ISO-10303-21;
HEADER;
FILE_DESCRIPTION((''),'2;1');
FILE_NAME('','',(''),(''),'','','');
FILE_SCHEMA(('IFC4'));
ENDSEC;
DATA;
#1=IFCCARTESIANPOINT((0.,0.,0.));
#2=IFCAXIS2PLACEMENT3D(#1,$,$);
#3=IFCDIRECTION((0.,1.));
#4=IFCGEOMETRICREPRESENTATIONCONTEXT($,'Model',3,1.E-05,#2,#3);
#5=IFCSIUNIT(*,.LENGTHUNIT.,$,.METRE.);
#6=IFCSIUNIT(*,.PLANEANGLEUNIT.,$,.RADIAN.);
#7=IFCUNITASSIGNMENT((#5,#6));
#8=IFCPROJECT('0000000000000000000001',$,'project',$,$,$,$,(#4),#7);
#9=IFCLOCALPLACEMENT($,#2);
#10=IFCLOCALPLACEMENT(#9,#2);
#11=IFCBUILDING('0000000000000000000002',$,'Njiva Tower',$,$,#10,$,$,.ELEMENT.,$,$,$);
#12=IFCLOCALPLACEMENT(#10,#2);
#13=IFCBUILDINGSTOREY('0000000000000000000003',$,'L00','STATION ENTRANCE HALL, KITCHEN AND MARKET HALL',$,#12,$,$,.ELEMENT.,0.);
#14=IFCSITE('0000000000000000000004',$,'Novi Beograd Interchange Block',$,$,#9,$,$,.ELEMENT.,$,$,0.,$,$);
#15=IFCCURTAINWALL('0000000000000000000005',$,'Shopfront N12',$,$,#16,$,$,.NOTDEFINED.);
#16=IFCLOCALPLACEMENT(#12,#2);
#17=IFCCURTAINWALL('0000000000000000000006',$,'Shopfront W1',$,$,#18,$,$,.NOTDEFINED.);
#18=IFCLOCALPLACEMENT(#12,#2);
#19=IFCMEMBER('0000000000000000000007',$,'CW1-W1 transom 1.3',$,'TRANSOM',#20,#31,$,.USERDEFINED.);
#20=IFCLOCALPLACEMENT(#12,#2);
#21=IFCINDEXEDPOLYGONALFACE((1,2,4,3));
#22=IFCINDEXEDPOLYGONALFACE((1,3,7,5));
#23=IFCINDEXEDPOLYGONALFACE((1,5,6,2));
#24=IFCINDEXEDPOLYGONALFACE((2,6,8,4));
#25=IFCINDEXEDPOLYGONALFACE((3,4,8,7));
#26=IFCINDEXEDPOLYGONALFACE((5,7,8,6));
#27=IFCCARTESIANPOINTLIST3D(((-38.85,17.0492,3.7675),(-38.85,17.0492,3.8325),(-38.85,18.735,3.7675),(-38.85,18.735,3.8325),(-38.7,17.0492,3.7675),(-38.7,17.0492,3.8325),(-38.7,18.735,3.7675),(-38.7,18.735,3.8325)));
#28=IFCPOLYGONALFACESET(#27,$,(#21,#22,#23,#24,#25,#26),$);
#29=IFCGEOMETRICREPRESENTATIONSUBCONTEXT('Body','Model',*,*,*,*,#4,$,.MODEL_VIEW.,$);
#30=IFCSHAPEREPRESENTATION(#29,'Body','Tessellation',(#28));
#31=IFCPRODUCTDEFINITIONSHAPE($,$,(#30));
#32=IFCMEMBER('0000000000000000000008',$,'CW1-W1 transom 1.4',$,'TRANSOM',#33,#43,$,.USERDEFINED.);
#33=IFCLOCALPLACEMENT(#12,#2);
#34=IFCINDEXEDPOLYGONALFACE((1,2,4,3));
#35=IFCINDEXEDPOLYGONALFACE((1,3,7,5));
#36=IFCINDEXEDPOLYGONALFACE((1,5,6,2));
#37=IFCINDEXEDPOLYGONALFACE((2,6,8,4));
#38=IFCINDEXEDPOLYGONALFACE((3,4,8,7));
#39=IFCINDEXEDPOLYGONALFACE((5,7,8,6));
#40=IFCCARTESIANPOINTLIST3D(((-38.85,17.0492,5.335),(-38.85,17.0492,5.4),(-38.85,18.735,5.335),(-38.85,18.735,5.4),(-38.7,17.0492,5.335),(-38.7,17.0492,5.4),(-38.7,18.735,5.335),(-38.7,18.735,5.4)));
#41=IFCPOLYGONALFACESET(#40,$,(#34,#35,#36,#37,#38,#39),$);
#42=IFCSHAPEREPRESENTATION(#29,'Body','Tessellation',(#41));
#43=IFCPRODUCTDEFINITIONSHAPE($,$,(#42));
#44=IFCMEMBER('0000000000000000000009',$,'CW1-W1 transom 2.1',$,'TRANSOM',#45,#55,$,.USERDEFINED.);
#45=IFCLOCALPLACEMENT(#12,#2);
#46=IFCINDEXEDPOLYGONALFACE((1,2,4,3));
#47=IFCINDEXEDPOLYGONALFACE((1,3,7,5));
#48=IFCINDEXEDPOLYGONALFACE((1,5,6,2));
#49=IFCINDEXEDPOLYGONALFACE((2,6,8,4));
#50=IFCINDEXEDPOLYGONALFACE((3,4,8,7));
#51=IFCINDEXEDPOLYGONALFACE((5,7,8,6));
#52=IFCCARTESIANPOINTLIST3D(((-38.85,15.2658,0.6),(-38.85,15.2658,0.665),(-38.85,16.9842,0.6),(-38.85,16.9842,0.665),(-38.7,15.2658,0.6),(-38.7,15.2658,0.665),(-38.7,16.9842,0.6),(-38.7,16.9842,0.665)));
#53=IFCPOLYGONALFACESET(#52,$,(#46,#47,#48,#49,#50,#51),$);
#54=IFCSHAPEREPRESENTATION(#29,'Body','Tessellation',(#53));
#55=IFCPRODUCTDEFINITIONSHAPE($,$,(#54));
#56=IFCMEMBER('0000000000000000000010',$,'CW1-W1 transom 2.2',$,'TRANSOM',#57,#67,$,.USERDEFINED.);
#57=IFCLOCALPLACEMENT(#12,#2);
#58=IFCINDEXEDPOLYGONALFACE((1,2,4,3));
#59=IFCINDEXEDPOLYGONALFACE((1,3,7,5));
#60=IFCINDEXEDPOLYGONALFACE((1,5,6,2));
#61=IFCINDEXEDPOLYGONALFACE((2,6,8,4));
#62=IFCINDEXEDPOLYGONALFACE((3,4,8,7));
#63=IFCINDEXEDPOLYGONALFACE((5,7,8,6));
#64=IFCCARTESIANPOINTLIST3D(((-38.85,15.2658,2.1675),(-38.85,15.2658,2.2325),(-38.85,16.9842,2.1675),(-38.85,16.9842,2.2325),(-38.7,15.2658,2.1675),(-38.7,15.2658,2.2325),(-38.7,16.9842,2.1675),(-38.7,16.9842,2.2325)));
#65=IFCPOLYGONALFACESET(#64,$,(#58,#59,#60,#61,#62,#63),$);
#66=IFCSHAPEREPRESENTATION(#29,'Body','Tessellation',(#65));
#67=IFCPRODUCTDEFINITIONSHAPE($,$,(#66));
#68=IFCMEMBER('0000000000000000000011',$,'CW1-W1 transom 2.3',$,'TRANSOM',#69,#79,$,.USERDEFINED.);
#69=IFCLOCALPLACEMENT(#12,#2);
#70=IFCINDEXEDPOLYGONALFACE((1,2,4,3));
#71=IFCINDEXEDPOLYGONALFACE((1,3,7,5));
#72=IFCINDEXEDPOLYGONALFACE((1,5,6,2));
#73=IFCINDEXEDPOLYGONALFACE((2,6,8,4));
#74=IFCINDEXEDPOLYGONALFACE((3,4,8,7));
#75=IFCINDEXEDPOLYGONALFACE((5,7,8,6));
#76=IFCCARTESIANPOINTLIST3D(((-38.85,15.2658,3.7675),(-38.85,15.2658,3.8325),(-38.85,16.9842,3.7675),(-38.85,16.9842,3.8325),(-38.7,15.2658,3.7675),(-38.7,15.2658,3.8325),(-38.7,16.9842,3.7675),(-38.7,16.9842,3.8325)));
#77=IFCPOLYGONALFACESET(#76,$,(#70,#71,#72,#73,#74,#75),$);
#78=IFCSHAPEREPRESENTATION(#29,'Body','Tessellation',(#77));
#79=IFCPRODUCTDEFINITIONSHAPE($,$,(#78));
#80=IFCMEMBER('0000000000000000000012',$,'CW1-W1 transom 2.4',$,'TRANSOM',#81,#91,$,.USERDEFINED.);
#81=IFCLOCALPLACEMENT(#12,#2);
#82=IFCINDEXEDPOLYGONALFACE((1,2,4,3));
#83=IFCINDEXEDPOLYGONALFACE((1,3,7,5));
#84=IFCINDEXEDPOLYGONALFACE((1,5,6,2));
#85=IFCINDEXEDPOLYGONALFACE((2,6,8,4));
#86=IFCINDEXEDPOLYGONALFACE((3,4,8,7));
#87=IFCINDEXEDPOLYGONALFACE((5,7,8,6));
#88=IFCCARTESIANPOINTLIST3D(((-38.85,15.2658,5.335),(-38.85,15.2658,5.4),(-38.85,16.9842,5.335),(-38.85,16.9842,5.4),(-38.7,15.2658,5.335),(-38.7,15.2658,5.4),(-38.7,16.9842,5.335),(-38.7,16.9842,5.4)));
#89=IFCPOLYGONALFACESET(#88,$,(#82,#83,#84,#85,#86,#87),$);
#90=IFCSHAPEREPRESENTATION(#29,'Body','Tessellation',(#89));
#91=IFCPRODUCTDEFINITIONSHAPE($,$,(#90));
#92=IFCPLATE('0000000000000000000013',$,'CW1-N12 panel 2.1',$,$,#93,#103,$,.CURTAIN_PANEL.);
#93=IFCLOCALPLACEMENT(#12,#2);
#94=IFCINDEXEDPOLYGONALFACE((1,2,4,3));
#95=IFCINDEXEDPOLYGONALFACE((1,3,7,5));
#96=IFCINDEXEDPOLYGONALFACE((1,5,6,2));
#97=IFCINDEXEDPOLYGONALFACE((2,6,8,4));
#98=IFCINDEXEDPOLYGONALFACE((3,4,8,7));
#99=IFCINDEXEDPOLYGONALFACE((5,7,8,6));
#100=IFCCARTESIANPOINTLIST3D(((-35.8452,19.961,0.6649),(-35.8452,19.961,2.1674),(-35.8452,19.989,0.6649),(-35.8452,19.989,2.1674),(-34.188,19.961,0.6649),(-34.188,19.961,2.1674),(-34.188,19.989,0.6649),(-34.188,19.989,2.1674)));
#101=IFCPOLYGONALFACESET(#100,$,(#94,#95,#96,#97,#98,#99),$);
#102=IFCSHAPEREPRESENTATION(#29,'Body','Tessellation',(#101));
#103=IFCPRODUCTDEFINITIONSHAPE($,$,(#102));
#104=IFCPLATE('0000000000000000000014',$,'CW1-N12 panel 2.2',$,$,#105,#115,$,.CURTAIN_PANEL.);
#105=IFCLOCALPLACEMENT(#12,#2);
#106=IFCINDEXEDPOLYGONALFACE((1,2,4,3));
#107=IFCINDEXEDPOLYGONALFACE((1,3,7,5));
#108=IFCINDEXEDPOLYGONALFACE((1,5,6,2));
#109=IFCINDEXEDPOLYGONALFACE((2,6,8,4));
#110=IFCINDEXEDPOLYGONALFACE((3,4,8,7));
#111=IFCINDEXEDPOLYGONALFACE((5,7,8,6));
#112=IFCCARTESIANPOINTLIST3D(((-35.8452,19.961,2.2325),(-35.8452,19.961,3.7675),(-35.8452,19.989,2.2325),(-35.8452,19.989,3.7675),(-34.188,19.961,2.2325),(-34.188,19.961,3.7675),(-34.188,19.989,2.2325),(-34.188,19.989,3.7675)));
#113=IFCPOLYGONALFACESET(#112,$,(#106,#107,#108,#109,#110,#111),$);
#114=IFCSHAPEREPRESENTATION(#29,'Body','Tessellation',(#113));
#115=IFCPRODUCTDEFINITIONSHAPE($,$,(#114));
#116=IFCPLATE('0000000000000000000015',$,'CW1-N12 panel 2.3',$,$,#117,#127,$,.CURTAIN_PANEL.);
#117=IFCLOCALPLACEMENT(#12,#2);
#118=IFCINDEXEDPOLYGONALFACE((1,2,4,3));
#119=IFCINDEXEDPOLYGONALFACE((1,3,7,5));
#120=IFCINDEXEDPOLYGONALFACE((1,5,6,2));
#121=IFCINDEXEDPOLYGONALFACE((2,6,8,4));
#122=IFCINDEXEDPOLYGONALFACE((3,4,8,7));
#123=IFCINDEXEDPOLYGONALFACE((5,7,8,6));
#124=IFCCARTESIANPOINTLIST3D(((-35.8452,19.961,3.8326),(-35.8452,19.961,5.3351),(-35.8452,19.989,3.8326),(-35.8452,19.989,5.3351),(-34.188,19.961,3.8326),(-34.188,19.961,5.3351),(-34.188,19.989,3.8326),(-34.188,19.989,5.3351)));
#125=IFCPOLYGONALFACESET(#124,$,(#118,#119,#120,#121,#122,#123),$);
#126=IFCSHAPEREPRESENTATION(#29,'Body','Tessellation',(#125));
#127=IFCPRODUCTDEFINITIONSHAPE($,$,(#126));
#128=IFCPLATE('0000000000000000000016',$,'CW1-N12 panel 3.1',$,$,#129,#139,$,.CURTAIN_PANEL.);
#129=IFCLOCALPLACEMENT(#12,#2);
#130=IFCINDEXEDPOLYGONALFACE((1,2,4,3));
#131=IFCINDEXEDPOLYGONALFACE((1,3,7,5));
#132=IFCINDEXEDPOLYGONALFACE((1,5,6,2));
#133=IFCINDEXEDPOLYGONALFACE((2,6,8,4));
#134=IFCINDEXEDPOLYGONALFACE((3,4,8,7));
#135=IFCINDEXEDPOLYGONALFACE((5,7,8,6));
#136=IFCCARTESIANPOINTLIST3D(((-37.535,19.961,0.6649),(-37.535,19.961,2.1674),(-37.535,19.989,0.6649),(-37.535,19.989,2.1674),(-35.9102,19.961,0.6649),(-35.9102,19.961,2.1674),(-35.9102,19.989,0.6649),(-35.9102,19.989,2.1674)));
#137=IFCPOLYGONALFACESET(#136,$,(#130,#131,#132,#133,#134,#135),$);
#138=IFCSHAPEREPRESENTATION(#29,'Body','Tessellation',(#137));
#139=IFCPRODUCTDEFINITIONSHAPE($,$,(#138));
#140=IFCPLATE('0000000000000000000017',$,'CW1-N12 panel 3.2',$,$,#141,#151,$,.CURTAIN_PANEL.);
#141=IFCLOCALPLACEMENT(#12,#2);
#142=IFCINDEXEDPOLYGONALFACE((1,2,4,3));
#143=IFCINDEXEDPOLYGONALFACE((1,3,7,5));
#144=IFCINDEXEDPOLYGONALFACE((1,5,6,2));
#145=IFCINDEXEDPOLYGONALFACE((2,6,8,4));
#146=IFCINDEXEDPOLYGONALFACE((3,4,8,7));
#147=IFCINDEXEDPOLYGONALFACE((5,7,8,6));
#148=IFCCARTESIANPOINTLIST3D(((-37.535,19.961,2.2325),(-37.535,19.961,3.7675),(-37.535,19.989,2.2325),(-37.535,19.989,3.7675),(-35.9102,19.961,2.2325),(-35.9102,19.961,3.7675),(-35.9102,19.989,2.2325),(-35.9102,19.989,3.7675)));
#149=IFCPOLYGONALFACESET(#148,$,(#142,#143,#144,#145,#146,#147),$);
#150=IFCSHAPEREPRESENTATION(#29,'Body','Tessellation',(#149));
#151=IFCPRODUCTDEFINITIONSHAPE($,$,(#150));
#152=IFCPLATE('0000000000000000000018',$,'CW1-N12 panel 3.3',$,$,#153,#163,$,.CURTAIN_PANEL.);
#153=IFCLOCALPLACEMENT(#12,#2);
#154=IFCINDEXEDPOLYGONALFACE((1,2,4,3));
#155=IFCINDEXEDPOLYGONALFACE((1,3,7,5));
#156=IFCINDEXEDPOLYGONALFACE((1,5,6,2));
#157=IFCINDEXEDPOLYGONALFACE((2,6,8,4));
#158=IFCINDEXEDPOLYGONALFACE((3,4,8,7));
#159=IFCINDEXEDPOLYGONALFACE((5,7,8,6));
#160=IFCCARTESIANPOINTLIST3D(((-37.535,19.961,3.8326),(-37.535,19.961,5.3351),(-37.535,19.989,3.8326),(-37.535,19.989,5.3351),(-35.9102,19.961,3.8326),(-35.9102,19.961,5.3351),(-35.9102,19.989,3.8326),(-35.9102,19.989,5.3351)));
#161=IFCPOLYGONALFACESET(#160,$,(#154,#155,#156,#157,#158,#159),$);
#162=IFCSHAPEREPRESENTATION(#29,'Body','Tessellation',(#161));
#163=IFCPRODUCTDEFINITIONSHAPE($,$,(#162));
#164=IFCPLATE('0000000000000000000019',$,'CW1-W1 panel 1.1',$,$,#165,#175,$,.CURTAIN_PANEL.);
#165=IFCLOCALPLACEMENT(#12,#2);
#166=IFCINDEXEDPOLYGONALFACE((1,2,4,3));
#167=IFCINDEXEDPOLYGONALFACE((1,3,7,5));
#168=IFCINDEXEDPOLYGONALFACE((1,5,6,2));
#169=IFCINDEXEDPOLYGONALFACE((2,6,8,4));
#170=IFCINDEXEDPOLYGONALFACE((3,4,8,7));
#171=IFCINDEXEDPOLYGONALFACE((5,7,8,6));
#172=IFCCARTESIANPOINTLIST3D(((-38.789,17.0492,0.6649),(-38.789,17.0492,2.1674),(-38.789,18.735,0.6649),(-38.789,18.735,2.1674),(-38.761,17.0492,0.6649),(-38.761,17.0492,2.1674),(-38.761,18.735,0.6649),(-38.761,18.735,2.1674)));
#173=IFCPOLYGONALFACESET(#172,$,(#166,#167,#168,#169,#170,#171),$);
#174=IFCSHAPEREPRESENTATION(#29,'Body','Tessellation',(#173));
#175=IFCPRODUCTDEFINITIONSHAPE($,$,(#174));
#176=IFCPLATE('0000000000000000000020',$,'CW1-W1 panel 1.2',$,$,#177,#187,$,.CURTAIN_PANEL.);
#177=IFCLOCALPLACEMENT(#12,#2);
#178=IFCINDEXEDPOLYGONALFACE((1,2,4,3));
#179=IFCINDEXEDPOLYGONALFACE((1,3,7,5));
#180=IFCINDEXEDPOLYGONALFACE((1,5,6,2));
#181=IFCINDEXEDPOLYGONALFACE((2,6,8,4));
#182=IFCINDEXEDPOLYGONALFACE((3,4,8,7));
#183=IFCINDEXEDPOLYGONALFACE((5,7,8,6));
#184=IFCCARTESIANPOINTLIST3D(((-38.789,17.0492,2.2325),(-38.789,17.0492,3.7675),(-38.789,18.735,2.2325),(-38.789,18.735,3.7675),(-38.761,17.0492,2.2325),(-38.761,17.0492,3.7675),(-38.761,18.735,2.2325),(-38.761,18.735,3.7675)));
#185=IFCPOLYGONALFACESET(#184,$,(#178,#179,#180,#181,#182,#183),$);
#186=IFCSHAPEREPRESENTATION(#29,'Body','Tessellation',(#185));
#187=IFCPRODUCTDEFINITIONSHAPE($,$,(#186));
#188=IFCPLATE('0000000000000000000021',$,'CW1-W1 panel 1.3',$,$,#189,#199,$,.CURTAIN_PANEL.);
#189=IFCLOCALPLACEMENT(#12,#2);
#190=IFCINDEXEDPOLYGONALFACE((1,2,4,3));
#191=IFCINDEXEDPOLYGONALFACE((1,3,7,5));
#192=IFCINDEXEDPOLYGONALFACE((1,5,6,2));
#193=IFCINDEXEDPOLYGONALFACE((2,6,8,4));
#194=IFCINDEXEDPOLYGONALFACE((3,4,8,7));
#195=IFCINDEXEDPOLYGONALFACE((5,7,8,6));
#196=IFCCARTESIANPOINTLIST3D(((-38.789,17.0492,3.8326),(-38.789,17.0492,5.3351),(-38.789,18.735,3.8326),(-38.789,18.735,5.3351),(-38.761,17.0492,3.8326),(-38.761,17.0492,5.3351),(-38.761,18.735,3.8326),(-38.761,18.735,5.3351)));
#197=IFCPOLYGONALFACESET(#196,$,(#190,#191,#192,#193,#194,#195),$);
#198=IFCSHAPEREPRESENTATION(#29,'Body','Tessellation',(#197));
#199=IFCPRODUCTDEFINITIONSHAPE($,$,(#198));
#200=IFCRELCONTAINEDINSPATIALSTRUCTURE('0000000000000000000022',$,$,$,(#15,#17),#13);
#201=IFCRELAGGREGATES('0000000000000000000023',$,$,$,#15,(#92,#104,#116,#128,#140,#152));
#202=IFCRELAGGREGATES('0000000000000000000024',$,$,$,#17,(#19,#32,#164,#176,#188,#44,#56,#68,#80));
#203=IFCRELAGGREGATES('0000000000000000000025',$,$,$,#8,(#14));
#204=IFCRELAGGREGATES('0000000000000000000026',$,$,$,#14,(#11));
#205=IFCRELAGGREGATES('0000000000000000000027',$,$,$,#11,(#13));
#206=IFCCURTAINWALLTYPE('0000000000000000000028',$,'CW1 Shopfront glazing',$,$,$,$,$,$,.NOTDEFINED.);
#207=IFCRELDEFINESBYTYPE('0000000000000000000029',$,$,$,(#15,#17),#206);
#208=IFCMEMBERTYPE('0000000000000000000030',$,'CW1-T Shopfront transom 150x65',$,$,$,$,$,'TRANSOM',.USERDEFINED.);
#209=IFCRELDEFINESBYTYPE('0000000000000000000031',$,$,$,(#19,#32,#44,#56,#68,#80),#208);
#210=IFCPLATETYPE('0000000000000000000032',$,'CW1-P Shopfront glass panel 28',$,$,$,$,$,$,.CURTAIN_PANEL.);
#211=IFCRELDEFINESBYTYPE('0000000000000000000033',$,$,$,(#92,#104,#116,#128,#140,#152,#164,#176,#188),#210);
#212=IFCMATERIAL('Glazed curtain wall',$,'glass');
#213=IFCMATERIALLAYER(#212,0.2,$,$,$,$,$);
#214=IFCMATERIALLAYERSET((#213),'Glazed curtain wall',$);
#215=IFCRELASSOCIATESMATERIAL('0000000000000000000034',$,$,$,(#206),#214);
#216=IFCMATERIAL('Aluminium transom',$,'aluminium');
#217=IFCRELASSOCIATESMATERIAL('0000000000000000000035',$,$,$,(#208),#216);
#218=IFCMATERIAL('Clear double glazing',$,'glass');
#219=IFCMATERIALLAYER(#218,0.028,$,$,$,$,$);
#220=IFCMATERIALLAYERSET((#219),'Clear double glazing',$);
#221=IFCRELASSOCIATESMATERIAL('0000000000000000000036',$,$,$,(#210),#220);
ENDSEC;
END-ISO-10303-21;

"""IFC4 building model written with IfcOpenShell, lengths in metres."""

from ifc_helpers import new_model, si_unit, direction, frame, origin, origin_2d, place, context, subcontext, project, spatial, rectangle, extrude, material, layer, layer_set, material_profile, profile_set, type_object, element, aggregate, save


model = new_model("IFC4")

# Units and contexts
model_context = context("Model", 3, precision=1e-05, world=origin(), true_north=direction((0.0, 1.0)))
body_context = subcontext(model_context, "Body", "Model", "MODEL_VIEW")
ifc_project = project(units=[si_unit("LENGTHUNIT", "METRE"), si_unit("PLANEANGLEUNIT", "RADIAN")], contexts=[model_context])

# Site, building, storey
site_placement = place(None, origin())
site = spatial("IfcSite", under=ifc_project, at=site_placement, Name="Novi Beograd Interchange Block", CompositionType="ELEMENT", RefElevation=0.0)
building_placement = place(site_placement, origin())
building = spatial("IfcBuilding", under=site, at=building_placement, Name="Njiva Tower", CompositionType="ELEMENT")
storey_placement = place(building_placement, origin())
storey = spatial("IfcBuildingStorey", under=building, at=storey_placement, Name="L00", Description="STATION ENTRANCE HALL, KITCHEN AND MARKET HALL", CompositionType="ELEMENT", Elevation=0.0)

# Curtain walls
ifc_material_1 = material(Name="Glazed curtain wall", Category="glass")
ifc_layer_1 = layer(ifc_material_1, 0.2)
ifc_layer_set_1 = layer_set([ifc_layer_1], Name="Glazed curtain wall")
curtain_wall_type = type_object("IfcCurtainWallType", Name="CW1 Shopfront glazing", PredefinedType="NOTDEFINED", material=ifc_layer_set_1)
curtain_wall_1_placement = place(storey_placement, origin())
curtain_wall_1 = element("IfcCurtainWall", 1, at=curtain_wall_1_placement, inside=storey, type_object=curtain_wall_type, Name="Shopfront N12", PredefinedType="NOTDEFINED")
curtain_wall_2_placement = place(storey_placement, origin())
curtain_wall_2 = element("IfcCurtainWall", 2, at=curtain_wall_2_placement, inside=storey, type_object=curtain_wall_type, Name="Shopfront W1", PredefinedType="NOTDEFINED")

# Members
ifc_material_2 = material(Name="Aluminium transom", Category="aluminium")
ifc_material_profile_1 = material_profile(ifc_material_2, rectangle(XDim=0.15, YDim=0.065, at=origin_2d()), Name="RECT 150x65")
ifc_profile_set_1 = profile_set([ifc_material_profile_1], Name="Aluminium transom")
member_type_1 = type_object("IfcMemberType", Name="CW1-T Shopfront transom 150x65", ElementType="TRANSOM", PredefinedType="USERDEFINED", material=ifc_profile_set_1)
member_1_placement = place(storey_placement, frame((-38.775, 18.735, 3.8), z_axis=(0.0, -1.0, 0.0), x_axis=(1.0, 0.0, 0.0)))
member_1 = element("IfcMember", 3, at=member_1_placement, type_object=member_type_1, Name="CW1-W1 transom 1.3", ObjectType="TRANSOM", PredefinedType="USERDEFINED", context=body_context, shape_type="SweptSolid", body=[
    extrude(rectangle(XDim=0.15, YDim=0.065, at=origin_2d()), origin(), (0.0, 0.0, 1.0), 1.6858),
])
member_2_placement = place(storey_placement, frame((-38.775, 18.735, 5.3675), z_axis=(0.0, -1.0, 0.0), x_axis=(1.0, 0.0, 0.0)))
member_2 = element("IfcMember", 4, at=member_2_placement, type_object=member_type_1, Name="CW1-W1 transom 1.4", ObjectType="TRANSOM", PredefinedType="USERDEFINED", context=body_context, shape_type="SweptSolid", body=[
    extrude(rectangle(XDim=0.15, YDim=0.065, at=origin_2d()), origin(), (0.0, 0.0, 1.0), 1.6858),
])
member_3_placement = place(storey_placement, frame((-38.775, 16.9842, 0.6325), z_axis=(0.0, -1.0, 0.0), x_axis=(1.0, 0.0, 0.0)))
member_3 = element("IfcMember", 5, at=member_3_placement, type_object=member_type_1, Name="CW1-W1 transom 2.1", ObjectType="TRANSOM", PredefinedType="USERDEFINED", context=body_context, shape_type="SweptSolid", body=[
    extrude(rectangle(XDim=0.15, YDim=0.065, at=origin_2d()), origin(), (0.0, 0.0, 1.0), 1.7184),
])
member_4_placement = place(storey_placement, frame((-38.775, 16.9842, 2.2), z_axis=(0.0, -1.0, 0.0), x_axis=(1.0, 0.0, 0.0)))
member_4 = element("IfcMember", 6, at=member_4_placement, type_object=member_type_1, Name="CW1-W1 transom 2.2", ObjectType="TRANSOM", PredefinedType="USERDEFINED", context=body_context, shape_type="SweptSolid", body=[
    extrude(rectangle(XDim=0.15, YDim=0.065, at=origin_2d()), origin(), (0.0, 0.0, 1.0), 1.7184),
])
member_5_placement = place(storey_placement, frame((-38.775, 16.9842, 3.8), z_axis=(0.0, -1.0, 0.0), x_axis=(1.0, 0.0, 0.0)))
member_5 = element("IfcMember", 7, at=member_5_placement, type_object=member_type_1, Name="CW1-W1 transom 2.3", ObjectType="TRANSOM", PredefinedType="USERDEFINED", context=body_context, shape_type="SweptSolid", body=[
    extrude(rectangle(XDim=0.15, YDim=0.065, at=origin_2d()), origin(), (0.0, 0.0, 1.0), 1.7184),
])
member_6_placement = place(storey_placement, frame((-38.775, 16.9842, 5.3675), z_axis=(0.0, -1.0, 0.0), x_axis=(1.0, 0.0, 0.0)))
member_6 = element("IfcMember", 8, at=member_6_placement, type_object=member_type_1, Name="CW1-W1 transom 2.4", ObjectType="TRANSOM", PredefinedType="USERDEFINED", context=body_context, shape_type="SweptSolid", body=[
    extrude(rectangle(XDim=0.15, YDim=0.065, at=origin_2d()), origin(), (0.0, 0.0, 1.0), 1.7184),
])

# Plates
ifc_material_3 = material(Name="Clear double glazing", Category="glass")
ifc_layer_2 = layer(ifc_material_3, 0.028)
ifc_layer_set_2 = layer_set([ifc_layer_2], Name="Clear double glazing")
plate_type = type_object("IfcPlateType", Name="CW1-P Shopfront glass panel 28", PredefinedType="CURTAIN_PANEL", material=ifc_layer_set_2)
plate_1_placement = place(storey_placement, frame((-35.0166, 19.975, 0.6649), z_axis=(0.0, 0.0, 1.0), x_axis=(-1.0, 0.0, 0.0)))
plate_1 = element("IfcPlate", 9, at=plate_1_placement, type_object=plate_type, Name="CW1-N12 panel 2.1", PredefinedType="CURTAIN_PANEL", context=body_context, shape_type="SweptSolid", body=[
    extrude(rectangle(XDim=1.6572, YDim=0.028, at=origin_2d()), origin(), (0.0, 0.0, 1.0), 1.5025),
])
plate_2_placement = place(storey_placement, frame((-35.0166, 19.975, 2.2325), z_axis=(0.0, 0.0, 1.0), x_axis=(-1.0, 0.0, 0.0)))
plate_2 = element("IfcPlate", 10, at=plate_2_placement, type_object=plate_type, Name="CW1-N12 panel 2.2", PredefinedType="CURTAIN_PANEL", context=body_context, shape_type="SweptSolid", body=[
    extrude(rectangle(XDim=1.6572, YDim=0.028, at=origin_2d()), origin(), (0.0, 0.0, 1.0), 1.535),
])
plate_3_placement = place(storey_placement, frame((-35.0166, 19.975, 3.8326), z_axis=(0.0, 0.0, 1.0), x_axis=(-1.0, 0.0, 0.0)))
plate_3 = element("IfcPlate", 11, at=plate_3_placement, type_object=plate_type, Name="CW1-N12 panel 2.3", PredefinedType="CURTAIN_PANEL", context=body_context, shape_type="SweptSolid", body=[
    extrude(rectangle(XDim=1.6572, YDim=0.028, at=origin_2d()), origin(), (0.0, 0.0, 1.0), 1.5025),
])
plate_4_placement = place(storey_placement, frame((-36.7226, 19.975, 0.6649), z_axis=(0.0, 0.0, 1.0), x_axis=(-1.0, 0.0, 0.0)))
plate_4 = element("IfcPlate", 12, at=plate_4_placement, type_object=plate_type, Name="CW1-N12 panel 3.1", PredefinedType="CURTAIN_PANEL", context=body_context, shape_type="SweptSolid", body=[
    extrude(rectangle(XDim=1.6247, YDim=0.028, at=origin_2d()), origin(), (0.0, 0.0, 1.0), 1.5025),
])
plate_5_placement = place(storey_placement, frame((-36.7226, 19.975, 2.2325), z_axis=(0.0, 0.0, 1.0), x_axis=(-1.0, 0.0, 0.0)))
plate_5 = element("IfcPlate", 13, at=plate_5_placement, type_object=plate_type, Name="CW1-N12 panel 3.2", PredefinedType="CURTAIN_PANEL", context=body_context, shape_type="SweptSolid", body=[
    extrude(rectangle(XDim=1.6247, YDim=0.028, at=origin_2d()), origin(), (0.0, 0.0, 1.0), 1.535),
])
plate_6_placement = place(storey_placement, frame((-36.7226, 19.975, 3.8326), z_axis=(0.0, 0.0, 1.0), x_axis=(-1.0, 0.0, 0.0)))
plate_6 = element("IfcPlate", 14, at=plate_6_placement, type_object=plate_type, Name="CW1-N12 panel 3.3", PredefinedType="CURTAIN_PANEL", context=body_context, shape_type="SweptSolid", body=[
    extrude(rectangle(XDim=1.6247, YDim=0.028, at=origin_2d()), origin(), (0.0, 0.0, 1.0), 1.5025),
])
aggregate(curtain_wall_1, [plate_1, plate_2, plate_3, plate_4, plate_5, plate_6])
plate_7_placement = place(storey_placement, frame((-38.775, 17.8921, 0.6649), z_axis=(0.0, 0.0, 1.0), x_axis=(0.0, -1.0, 0.0)))
plate_7 = element("IfcPlate", 15, at=plate_7_placement, type_object=plate_type, Name="CW1-W1 panel 1.1", PredefinedType="CURTAIN_PANEL", context=body_context, shape_type="SweptSolid", body=[
    extrude(rectangle(XDim=1.6858, YDim=0.028, at=origin_2d()), origin(), (0.0, 0.0, 1.0), 1.5025),
])
plate_8_placement = place(storey_placement, frame((-38.775, 17.8921, 2.2325), z_axis=(0.0, 0.0, 1.0), x_axis=(0.0, -1.0, 0.0)))
plate_8 = element("IfcPlate", 16, at=plate_8_placement, type_object=plate_type, Name="CW1-W1 panel 1.2", PredefinedType="CURTAIN_PANEL", context=body_context, shape_type="SweptSolid", body=[
    extrude(rectangle(XDim=1.6858, YDim=0.028, at=origin_2d()), origin(), (0.0, 0.0, 1.0), 1.535),
])
plate_9_placement = place(storey_placement, frame((-38.775, 17.8921, 3.8326), z_axis=(0.0, 0.0, 1.0), x_axis=(0.0, -1.0, 0.0)))
plate_9 = element("IfcPlate", 17, at=plate_9_placement, type_object=plate_type, Name="CW1-W1 panel 1.3", PredefinedType="CURTAIN_PANEL", context=body_context, shape_type="SweptSolid", body=[
    extrude(rectangle(XDim=1.6858, YDim=0.028, at=origin_2d()), origin(), (0.0, 0.0, 1.0), 1.5025),
])
aggregate(curtain_wall_2, [member_1, member_2, plate_7, plate_8, plate_9, member_3, member_4, member_5, member_6])

save(model, "model.ifc")
